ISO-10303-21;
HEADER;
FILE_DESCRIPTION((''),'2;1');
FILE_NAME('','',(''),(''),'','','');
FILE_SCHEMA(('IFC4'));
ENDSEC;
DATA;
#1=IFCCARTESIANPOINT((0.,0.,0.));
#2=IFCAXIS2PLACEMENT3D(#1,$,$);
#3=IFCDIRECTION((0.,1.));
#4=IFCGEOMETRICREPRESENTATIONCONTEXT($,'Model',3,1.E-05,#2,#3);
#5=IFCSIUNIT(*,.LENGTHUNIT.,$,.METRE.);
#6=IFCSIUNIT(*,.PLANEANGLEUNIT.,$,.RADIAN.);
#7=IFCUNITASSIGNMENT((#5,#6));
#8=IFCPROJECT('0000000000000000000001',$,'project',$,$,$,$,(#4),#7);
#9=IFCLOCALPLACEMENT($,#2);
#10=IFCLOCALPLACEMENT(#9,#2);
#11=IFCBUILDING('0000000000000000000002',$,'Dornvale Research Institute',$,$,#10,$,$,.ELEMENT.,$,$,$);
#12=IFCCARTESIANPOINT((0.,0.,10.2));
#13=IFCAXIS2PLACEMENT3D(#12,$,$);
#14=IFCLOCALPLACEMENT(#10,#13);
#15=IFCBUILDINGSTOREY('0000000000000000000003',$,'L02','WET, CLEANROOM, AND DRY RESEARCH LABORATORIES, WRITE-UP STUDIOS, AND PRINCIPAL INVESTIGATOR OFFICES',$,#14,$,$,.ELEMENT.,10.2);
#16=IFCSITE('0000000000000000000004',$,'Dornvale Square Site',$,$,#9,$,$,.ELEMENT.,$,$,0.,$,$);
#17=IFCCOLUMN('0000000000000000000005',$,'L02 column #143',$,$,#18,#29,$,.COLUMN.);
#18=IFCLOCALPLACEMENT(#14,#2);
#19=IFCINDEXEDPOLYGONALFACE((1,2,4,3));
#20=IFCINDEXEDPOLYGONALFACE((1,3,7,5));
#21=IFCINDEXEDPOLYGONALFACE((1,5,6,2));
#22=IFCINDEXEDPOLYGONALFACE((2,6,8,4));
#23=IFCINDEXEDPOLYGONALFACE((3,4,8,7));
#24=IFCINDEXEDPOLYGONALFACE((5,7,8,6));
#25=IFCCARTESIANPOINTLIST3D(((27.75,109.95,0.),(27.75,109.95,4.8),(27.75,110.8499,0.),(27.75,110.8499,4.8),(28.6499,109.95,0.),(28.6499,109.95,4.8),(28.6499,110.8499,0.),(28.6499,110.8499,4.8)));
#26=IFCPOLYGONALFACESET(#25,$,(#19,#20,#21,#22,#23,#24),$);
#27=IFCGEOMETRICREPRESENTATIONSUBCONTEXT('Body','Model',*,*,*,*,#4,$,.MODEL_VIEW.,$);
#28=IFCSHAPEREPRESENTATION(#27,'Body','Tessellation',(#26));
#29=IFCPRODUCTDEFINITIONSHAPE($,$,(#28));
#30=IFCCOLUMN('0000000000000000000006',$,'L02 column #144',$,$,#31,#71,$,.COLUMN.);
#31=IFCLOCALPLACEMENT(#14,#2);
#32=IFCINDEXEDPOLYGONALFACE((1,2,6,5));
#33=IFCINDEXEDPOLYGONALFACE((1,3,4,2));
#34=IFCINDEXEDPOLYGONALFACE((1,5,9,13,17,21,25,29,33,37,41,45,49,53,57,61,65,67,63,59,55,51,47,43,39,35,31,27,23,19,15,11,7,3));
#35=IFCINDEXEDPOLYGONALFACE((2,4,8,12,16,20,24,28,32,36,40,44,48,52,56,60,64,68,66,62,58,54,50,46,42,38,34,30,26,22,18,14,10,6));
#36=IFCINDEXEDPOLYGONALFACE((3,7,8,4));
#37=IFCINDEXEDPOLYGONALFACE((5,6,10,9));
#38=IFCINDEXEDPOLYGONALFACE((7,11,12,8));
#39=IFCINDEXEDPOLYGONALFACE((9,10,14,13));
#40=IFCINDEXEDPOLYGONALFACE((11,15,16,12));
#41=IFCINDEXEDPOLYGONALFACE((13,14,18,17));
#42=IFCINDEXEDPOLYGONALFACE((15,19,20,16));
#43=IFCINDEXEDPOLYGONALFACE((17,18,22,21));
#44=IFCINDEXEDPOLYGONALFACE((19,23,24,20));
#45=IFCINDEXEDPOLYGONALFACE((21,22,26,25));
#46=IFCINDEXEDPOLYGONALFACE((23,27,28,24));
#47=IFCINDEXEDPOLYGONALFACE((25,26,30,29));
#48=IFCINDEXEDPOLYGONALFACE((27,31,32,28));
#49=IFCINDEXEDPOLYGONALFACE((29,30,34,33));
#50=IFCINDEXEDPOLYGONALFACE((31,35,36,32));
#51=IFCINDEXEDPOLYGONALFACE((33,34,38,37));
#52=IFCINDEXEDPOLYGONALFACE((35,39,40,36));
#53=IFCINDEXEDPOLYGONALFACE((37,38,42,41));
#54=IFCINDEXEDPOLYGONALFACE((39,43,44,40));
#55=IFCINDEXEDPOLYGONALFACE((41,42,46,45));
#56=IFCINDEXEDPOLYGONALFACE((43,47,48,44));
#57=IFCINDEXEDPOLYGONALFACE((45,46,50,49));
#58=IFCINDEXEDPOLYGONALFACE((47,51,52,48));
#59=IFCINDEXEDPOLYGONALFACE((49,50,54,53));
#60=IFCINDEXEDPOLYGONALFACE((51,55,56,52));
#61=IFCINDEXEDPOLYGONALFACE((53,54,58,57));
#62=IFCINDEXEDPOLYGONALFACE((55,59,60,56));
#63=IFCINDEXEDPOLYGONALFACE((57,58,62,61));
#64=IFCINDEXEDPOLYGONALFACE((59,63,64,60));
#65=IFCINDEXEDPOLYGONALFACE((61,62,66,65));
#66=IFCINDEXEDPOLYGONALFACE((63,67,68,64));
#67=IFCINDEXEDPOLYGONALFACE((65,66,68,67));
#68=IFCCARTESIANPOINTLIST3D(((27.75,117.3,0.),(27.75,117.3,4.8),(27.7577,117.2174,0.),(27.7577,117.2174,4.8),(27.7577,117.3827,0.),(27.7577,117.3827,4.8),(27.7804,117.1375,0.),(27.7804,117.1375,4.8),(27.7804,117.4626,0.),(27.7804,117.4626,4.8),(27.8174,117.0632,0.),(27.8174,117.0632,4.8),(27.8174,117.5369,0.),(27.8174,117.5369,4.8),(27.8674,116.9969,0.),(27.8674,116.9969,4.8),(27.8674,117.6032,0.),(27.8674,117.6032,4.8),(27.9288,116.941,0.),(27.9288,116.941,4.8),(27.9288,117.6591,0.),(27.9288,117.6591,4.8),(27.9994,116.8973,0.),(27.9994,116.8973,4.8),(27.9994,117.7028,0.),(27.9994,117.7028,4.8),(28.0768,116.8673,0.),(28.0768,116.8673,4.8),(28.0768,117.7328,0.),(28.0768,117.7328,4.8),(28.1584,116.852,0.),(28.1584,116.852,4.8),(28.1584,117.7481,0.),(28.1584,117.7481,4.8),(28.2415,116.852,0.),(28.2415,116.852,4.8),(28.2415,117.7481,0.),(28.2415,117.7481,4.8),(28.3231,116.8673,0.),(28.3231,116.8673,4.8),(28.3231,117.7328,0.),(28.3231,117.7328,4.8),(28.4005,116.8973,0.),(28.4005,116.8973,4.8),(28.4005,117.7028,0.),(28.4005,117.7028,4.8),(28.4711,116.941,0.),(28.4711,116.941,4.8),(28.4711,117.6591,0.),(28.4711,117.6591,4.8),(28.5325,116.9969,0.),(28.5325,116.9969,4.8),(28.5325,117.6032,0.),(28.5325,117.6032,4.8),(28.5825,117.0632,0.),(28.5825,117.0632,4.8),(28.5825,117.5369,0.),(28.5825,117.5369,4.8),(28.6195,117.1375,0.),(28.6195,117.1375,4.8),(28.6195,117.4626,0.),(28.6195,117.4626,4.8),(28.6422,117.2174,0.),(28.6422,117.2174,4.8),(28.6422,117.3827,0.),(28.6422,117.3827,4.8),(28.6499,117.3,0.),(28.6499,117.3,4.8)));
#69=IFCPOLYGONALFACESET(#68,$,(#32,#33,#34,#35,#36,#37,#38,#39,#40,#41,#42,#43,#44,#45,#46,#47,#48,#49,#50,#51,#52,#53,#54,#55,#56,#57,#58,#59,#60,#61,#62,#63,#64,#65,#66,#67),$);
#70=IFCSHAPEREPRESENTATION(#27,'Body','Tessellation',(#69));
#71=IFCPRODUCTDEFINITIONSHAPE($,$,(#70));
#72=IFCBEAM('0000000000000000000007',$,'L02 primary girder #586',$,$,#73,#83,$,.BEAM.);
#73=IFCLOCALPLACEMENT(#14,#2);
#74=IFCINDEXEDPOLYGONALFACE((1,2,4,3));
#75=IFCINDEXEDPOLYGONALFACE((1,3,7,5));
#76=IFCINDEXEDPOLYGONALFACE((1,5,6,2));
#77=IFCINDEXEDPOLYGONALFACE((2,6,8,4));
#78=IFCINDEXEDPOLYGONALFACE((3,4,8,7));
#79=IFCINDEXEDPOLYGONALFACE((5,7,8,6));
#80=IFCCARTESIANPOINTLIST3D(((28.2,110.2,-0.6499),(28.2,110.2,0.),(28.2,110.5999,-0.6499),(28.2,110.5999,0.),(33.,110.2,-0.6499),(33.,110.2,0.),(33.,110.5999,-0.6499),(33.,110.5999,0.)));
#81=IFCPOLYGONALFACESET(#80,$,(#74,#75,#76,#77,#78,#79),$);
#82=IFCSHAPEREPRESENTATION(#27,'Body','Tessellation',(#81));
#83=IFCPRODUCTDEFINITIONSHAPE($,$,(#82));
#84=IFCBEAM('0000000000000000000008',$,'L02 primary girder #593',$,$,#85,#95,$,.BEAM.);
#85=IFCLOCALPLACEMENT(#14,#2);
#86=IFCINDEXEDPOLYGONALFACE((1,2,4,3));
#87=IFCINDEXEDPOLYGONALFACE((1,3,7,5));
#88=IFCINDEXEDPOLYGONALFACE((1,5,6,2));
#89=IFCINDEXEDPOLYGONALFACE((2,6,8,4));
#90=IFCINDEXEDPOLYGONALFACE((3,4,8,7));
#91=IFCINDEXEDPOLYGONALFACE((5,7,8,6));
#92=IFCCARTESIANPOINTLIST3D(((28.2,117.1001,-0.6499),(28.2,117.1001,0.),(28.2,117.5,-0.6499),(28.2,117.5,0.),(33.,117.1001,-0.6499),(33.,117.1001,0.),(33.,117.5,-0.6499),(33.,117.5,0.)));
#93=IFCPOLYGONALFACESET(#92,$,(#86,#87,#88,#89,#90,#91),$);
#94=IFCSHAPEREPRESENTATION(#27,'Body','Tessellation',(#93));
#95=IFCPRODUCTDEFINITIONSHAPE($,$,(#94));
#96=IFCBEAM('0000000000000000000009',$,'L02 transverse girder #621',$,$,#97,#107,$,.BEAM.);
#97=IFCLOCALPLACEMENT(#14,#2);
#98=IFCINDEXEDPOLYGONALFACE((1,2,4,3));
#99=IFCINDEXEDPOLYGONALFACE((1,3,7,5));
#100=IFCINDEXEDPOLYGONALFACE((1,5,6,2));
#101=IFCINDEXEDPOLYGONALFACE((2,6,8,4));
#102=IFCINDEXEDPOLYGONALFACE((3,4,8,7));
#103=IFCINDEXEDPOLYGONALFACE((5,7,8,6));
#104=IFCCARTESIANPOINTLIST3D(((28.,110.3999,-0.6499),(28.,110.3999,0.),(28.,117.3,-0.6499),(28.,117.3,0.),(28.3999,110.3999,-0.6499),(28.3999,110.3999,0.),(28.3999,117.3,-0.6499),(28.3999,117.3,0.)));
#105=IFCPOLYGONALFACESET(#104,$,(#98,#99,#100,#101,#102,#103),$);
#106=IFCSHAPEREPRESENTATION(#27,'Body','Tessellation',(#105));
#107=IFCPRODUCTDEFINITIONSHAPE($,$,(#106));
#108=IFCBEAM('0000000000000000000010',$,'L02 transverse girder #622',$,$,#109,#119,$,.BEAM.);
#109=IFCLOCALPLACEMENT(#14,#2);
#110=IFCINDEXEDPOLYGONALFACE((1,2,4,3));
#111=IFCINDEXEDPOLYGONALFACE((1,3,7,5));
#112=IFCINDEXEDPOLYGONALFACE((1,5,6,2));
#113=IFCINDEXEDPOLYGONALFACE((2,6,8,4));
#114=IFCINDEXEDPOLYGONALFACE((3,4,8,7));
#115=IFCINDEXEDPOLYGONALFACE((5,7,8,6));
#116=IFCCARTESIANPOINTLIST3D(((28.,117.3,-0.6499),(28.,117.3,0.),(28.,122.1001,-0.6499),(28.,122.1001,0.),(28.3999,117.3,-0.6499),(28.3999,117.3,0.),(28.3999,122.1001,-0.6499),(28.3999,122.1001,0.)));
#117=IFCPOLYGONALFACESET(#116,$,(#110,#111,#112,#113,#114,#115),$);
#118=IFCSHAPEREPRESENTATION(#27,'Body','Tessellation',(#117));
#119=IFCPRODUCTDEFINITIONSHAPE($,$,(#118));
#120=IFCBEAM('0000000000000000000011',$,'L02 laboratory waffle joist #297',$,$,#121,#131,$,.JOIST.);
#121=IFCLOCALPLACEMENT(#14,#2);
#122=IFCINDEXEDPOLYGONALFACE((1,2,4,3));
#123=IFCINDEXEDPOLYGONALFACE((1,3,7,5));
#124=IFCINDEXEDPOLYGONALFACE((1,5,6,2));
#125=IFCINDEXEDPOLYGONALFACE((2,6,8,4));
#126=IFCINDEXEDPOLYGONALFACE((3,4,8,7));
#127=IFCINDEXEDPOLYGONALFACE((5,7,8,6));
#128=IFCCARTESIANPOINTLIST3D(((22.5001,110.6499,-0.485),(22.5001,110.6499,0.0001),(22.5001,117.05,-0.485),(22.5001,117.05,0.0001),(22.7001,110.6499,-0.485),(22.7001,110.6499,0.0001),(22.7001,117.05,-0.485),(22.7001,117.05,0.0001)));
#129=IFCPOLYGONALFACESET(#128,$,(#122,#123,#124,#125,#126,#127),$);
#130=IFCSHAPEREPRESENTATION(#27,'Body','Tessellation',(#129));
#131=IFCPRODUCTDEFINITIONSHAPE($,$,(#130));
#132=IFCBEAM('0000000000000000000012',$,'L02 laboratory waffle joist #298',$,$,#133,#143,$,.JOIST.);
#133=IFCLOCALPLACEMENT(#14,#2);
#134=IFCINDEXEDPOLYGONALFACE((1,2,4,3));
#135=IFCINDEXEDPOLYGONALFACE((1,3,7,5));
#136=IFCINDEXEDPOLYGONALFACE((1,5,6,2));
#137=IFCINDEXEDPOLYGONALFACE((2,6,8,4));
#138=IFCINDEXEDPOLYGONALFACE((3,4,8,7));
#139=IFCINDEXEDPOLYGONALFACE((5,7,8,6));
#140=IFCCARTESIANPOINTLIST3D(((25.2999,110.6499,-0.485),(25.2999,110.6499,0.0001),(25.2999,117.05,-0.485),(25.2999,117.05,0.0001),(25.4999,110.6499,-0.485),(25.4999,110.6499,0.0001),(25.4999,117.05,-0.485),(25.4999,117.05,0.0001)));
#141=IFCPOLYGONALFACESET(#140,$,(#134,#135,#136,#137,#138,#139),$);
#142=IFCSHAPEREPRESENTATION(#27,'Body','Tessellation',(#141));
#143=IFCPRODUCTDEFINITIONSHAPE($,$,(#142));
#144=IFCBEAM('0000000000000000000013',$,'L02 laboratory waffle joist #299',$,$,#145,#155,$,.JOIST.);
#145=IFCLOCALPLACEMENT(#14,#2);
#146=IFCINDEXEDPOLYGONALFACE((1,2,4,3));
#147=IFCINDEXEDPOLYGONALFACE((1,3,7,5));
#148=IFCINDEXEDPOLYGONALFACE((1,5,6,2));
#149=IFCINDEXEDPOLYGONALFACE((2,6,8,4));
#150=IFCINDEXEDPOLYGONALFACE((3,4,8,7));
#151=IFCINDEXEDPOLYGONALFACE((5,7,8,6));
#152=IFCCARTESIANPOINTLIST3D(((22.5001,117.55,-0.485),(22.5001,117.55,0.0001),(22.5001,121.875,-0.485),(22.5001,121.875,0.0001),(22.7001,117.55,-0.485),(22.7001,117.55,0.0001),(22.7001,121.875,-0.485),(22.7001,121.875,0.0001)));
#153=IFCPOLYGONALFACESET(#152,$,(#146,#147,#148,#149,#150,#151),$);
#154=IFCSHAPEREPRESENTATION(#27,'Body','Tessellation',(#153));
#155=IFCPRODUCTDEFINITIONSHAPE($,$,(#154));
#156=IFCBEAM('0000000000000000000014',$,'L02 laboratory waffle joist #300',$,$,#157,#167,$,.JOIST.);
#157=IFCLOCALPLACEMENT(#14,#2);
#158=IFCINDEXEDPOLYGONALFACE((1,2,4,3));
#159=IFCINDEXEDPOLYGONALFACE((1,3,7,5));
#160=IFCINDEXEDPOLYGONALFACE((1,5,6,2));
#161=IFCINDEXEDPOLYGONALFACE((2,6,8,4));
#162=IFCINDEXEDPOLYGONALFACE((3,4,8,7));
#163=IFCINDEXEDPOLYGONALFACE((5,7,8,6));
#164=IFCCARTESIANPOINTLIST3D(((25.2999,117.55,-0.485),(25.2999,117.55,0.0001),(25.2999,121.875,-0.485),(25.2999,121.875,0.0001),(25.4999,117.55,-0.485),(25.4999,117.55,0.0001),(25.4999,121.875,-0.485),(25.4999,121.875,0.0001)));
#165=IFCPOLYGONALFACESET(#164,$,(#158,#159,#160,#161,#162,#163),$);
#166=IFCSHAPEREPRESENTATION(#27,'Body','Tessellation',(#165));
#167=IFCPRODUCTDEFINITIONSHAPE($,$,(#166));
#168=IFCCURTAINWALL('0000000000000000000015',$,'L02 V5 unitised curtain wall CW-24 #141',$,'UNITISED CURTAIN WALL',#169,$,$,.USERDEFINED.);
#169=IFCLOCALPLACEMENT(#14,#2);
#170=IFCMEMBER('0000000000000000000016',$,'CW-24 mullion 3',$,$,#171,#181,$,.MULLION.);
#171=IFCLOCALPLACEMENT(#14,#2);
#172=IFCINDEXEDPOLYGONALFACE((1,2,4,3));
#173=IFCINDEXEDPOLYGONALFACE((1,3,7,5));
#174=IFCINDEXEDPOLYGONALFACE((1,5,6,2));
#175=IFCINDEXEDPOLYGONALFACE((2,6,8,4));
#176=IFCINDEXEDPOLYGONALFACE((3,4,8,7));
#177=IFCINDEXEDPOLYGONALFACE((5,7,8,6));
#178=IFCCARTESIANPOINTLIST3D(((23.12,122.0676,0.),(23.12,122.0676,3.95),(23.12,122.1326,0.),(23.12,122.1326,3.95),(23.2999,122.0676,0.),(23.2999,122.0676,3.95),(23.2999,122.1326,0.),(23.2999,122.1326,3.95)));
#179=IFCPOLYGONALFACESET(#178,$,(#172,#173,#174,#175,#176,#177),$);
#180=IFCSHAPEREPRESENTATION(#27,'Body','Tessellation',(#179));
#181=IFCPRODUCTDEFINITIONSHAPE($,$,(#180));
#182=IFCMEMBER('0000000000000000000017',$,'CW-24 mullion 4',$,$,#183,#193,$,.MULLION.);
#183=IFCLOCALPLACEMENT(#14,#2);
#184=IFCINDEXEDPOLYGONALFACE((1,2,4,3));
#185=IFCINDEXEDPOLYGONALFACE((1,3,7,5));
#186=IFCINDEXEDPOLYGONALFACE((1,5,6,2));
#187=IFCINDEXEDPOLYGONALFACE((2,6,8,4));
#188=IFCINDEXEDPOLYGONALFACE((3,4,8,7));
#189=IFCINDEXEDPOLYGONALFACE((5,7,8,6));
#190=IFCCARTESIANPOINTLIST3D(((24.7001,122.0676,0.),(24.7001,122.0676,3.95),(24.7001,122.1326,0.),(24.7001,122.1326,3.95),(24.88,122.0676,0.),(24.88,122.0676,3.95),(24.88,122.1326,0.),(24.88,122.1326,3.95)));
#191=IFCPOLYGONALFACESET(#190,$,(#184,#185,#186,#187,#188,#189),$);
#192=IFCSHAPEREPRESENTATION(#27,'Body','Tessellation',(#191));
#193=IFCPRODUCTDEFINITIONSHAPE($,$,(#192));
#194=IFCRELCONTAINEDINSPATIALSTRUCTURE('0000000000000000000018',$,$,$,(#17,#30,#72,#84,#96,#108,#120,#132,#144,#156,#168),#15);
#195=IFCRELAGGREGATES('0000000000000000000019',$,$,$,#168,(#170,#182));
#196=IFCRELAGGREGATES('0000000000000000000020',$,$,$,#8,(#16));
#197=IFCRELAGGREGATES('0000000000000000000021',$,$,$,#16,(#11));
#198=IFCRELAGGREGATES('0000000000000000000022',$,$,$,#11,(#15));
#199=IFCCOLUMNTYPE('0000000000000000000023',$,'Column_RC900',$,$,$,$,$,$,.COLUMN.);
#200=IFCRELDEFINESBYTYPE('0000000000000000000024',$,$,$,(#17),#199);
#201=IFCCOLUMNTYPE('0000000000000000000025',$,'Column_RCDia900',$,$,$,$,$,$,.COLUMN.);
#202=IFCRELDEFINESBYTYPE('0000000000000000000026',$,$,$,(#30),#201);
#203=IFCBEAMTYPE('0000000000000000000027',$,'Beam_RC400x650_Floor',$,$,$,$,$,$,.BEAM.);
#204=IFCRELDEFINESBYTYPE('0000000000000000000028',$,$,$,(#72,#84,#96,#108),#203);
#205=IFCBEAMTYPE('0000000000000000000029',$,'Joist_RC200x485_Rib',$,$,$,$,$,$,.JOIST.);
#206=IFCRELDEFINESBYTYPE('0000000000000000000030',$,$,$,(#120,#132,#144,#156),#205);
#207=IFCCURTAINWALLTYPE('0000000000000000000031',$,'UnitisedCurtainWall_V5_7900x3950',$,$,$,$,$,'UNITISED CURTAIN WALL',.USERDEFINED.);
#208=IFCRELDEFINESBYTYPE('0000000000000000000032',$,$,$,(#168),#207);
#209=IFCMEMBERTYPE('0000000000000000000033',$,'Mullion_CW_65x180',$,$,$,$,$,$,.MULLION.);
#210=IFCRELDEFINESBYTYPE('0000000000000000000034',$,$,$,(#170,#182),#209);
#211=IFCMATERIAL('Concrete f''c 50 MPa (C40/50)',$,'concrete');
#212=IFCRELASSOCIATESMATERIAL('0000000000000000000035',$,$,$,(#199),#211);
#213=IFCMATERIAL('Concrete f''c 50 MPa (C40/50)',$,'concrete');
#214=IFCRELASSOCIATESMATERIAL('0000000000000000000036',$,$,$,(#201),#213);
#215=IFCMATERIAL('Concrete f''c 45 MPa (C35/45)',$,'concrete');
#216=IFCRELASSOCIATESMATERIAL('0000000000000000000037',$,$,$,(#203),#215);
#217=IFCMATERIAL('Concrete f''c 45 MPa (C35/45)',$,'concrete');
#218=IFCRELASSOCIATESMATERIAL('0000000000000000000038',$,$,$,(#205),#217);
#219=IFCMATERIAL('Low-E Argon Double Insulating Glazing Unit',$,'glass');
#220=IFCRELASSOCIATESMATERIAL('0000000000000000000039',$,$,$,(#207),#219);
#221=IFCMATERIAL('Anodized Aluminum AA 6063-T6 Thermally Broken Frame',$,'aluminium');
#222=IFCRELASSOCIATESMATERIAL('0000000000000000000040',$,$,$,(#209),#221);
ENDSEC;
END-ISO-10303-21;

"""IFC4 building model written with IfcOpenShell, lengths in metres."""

from ifc_helpers import new_model, si_unit, direction, frame, origin, origin_2d, place, context, subcontext, project, spatial, rectangle, circle, extrude, material, material_profile, profile_set, type_object, element, aggregate, save


model = new_model("IFC4")

# Units and contexts
model_context = context("Model", 3, precision=1e-05, world=origin(), true_north=direction((0.0, 1.0)))
body_context = subcontext(model_context, "Body", "Model", "MODEL_VIEW")
ifc_project = project(units=[si_unit("LENGTHUNIT", "METRE"), si_unit("PLANEANGLEUNIT", "RADIAN")], contexts=[model_context])

# Site, building, storey
site_placement = place(None, origin())
site = spatial("IfcSite", under=ifc_project, at=site_placement, Name="Dornvale Square Site", CompositionType="ELEMENT", RefElevation=0.0)
building_placement = place(site_placement, origin())
building = spatial("IfcBuilding", under=site, at=building_placement, Name="Dornvale Research Institute", CompositionType="ELEMENT")
storey_placement = place(building_placement, frame((0.0, 0.0, 10.2)))
storey = spatial("IfcBuildingStorey", under=building, at=storey_placement, Name="L02", Description="WET, CLEANROOM, AND DRY RESEARCH LABORATORIES, WRITE-UP STUDIOS, AND PRINCIPAL INVESTIGATOR OFFICES", CompositionType="ELEMENT", Elevation=10.2)

# Columns
ifc_material_1 = material(Name="Concrete f'c 50 MPa (C40/50)", Category="concrete")
ifc_material_profile_1 = material_profile(ifc_material_1, rectangle(XDim=0.8999, YDim=0.8999, at=origin_2d()), Name="RC 900x900")
ifc_profile_set_1 = profile_set([ifc_material_profile_1], Name="Concrete f'c 50 MPa (C40/50)")
column_type_1 = type_object("IfcColumnType", Name="Column_RC900", PredefinedType="COLUMN", material=ifc_profile_set_1)
column_1_placement = place(storey_placement, frame((28.2, 110.3999, 0.0), z_axis=(0.0, 0.0, 1.0), x_axis=(1.0, 0.0, 0.0)))
element("IfcColumn", 1, at=column_1_placement, inside=storey, type_object=column_type_1, Name="L02 column #143", PredefinedType="COLUMN", context=body_context, shape_type="SweptSolid", body=[
    extrude(rectangle(XDim=0.8999, YDim=0.8999, at=origin_2d()), origin(), (0.0, 0.0, 1.0), 4.8),
])
ifc_material_2 = material(Name="Concrete f'c 50 MPa (C40/50)", Category="concrete")
ifc_material_profile_2 = material_profile(ifc_material_2, circle(Radius=0.45, at=origin_2d()), Name="RC DIA 900")
ifc_profile_set_2 = profile_set([ifc_material_profile_2], Name="Concrete f'c 50 MPa (C40/50)")
column_type_2 = type_object("IfcColumnType", Name="Column_RCDia900", PredefinedType="COLUMN", material=ifc_profile_set_2)
column_2_placement = place(storey_placement, frame((28.2, 117.3, 0.0), z_axis=(0.0, 0.0, 1.0), x_axis=(1.0, 0.0, 0.0)))
element("IfcColumn", 2, at=column_2_placement, inside=storey, type_object=column_type_2, Name="L02 column #144", PredefinedType="COLUMN", context=body_context, shape_type="SweptSolid", body=[
    extrude(circle(Radius=0.45, at=origin_2d()), origin(), (0.0, 0.0, 1.0), 4.8),
])

# Beams
ifc_material_3 = material(Name="Concrete f'c 45 MPa (C35/45)", Category="concrete")
ifc_material_profile_3 = material_profile(ifc_material_3, rectangle(XDim=0.3999, YDim=0.6499, at=origin_2d()), Name="RC 400x650")
ifc_profile_set_3 = profile_set([ifc_material_profile_3], Name="Concrete f'c 45 MPa (C35/45)")
beam_type_1 = type_object("IfcBeamType", Name="Beam_RC400x650_Floor", PredefinedType="BEAM", material=ifc_profile_set_3)
for number, where, z_axis, x_axis, name in (
    (3, (28.2, 110.3999, -0.325), (1.0, 0.0, 0.0), (0.0, 1.0, 0.0), "L02 primary girder #586"),
    (4, (28.2, 117.3, -0.325), (1.0, 0.0, 0.0), (0.0, 1.0, 0.0), "L02 primary girder #593"),
):
    element("IfcBeam", number, at=place(storey_placement, frame(where, z_axis=z_axis, x_axis=x_axis)), inside=storey, type_object=beam_type_1, Name=name, PredefinedType="BEAM", context=body_context, shape_type="SweptSolid", body=[
        extrude(rectangle(XDim=0.3999, YDim=0.6499, at=origin_2d()), origin(), (0.0, 0.0, 1.0), 4.8),
    ])
beam_1_placement = place(storey_placement, frame((28.2, 110.3999, -0.325), z_axis=(0.0, 1.0, 0.0), x_axis=(-1.0, 0.0, 0.0)))
element("IfcBeam", 5, at=beam_1_placement, inside=storey, type_object=beam_type_1, Name="L02 transverse girder #621", PredefinedType="BEAM", context=body_context, shape_type="SweptSolid", body=[
    extrude(rectangle(XDim=0.3999, YDim=0.6499, at=origin_2d()), origin(), (0.0, 0.0, 1.0), 6.9001),
])
beam_2_placement = place(storey_placement, frame((28.2, 117.3, -0.325), z_axis=(0.0, 1.0, 0.0), x_axis=(-1.0, 0.0, 0.0)))
element("IfcBeam", 6, at=beam_2_placement, inside=storey, type_object=beam_type_1, Name="L02 transverse girder #622", PredefinedType="BEAM", context=body_context, shape_type="SweptSolid", body=[
    extrude(rectangle(XDim=0.3999, YDim=0.6499, at=origin_2d()), origin(), (0.0, 0.0, 1.0), 4.8),
])
ifc_material_4 = material(Name="Concrete f'c 45 MPa (C35/45)", Category="concrete")
ifc_material_profile_4 = material_profile(ifc_material_4, rectangle(XDim=0.2, YDim=0.4851, at=origin_2d()), Name="RC 200x485")
ifc_profile_set_4 = profile_set([ifc_material_profile_4], Name="Concrete f'c 45 MPa (C35/45)")
beam_type_2 = type_object("IfcBeamType", Name="Joist_RC200x485_Rib", PredefinedType="JOIST", material=ifc_profile_set_4)
for number, where, z_axis, x_axis, name in (
    (7, (22.6001, 110.6499, -0.2424), (0.0, 1.0, 0.0), (-1.0, 0.0, 0.0), "L02 laboratory waffle joist #297"),
    (8, (25.3999, 110.6499, -0.2424), (0.0, 1.0, 0.0), (-1.0, 0.0, 0.0), "L02 laboratory waffle joist #298"),
):
    element("IfcBeam", number, at=place(storey_placement, frame(where, z_axis=z_axis, x_axis=x_axis)), inside=storey, type_object=beam_type_2, Name=name, PredefinedType="JOIST", context=body_context, shape_type="SweptSolid", body=[
        extrude(rectangle(XDim=0.2, YDim=0.4851, at=origin_2d()), origin(), (0.0, 0.0, 1.0), 6.4001),
    ])
for number, where, z_axis, x_axis, name in (
    (9, (22.6001, 117.55, -0.2424), (0.0, 1.0, 0.0), (-1.0, 0.0, 0.0), "L02 laboratory waffle joist #299"),
    (10, (25.3999, 117.55, -0.2424), (0.0, 1.0, 0.0), (-1.0, 0.0, 0.0), "L02 laboratory waffle joist #300"),
):
    element("IfcBeam", number, at=place(storey_placement, frame(where, z_axis=z_axis, x_axis=x_axis)), inside=storey, type_object=beam_type_2, Name=name, PredefinedType="JOIST", context=body_context, shape_type="SweptSolid", body=[
        extrude(rectangle(XDim=0.2, YDim=0.4851, at=origin_2d()), origin(), (0.0, 0.0, 1.0), 4.325),
    ])

# Curtain wall, members
ifc_material_5 = material(Name="Low-E Argon Double Insulating Glazing Unit", Category="glass")
curtain_wall_type = type_object("IfcCurtainWallType", Name="UnitisedCurtainWall_V5_7900x3950", ElementType="UNITISED CURTAIN WALL", PredefinedType="USERDEFINED", material=ifc_material_5)
curtain_wall_placement = place(storey_placement, origin())
curtain_wall = element("IfcCurtainWall", 11, at=curtain_wall_placement, inside=storey, type_object=curtain_wall_type, Name="L02 V5 unitised curtain wall CW-24 #141", ObjectType="UNITISED CURTAIN WALL", PredefinedType="USERDEFINED")
ifc_material_6 = material(Name="Anodized Aluminum AA 6063-T6 Thermally Broken Frame", Category="aluminium")
ifc_material_profile_5 = material_profile(ifc_material_6, rectangle(XDim=0.0649, YDim=0.1799, at=origin_2d()), Name="ALU MULLION 65x180")
ifc_profile_set_5 = profile_set([ifc_material_profile_5], Name="Anodized Aluminum AA 6063-T6 Thermally Broken Frame")
member_type_1 = type_object("IfcMemberType", Name="Mullion_CW_65x180", PredefinedType="MULLION", material=ifc_profile_set_5)
member_1_placement = place(storey_placement, frame((23.21, 122.1001, 0.0), z_axis=(0.0, 0.0, 1.0), x_axis=(0.0, 1.0, 0.0)))
member_1 = element("IfcMember", 12, at=member_1_placement, type_object=member_type_1, Name="CW-24 mullion 3", PredefinedType="MULLION", context=body_context, shape_type="SweptSolid", body=[
    extrude(rectangle(XDim=0.0649, YDim=0.1799, at=origin_2d()), origin(), (0.0, 0.0, 1.0), 3.95),
])
member_2_placement = place(storey_placement, frame((24.79, 122.1001, 0.0), z_axis=(0.0, 0.0, 1.0), x_axis=(0.0, 1.0, 0.0)))
member_2 = element("IfcMember", 13, at=member_2_placement, type_object=member_type_1, Name="CW-24 mullion 4", PredefinedType="MULLION", context=body_context, shape_type="SweptSolid", body=[
    extrude(rectangle(XDim=0.0649, YDim=0.1799, at=origin_2d()), origin(), (0.0, 0.0, 1.0), 3.95),
])
aggregate(curtain_wall, [member_1, member_2])

save(model, "model.ifc")
